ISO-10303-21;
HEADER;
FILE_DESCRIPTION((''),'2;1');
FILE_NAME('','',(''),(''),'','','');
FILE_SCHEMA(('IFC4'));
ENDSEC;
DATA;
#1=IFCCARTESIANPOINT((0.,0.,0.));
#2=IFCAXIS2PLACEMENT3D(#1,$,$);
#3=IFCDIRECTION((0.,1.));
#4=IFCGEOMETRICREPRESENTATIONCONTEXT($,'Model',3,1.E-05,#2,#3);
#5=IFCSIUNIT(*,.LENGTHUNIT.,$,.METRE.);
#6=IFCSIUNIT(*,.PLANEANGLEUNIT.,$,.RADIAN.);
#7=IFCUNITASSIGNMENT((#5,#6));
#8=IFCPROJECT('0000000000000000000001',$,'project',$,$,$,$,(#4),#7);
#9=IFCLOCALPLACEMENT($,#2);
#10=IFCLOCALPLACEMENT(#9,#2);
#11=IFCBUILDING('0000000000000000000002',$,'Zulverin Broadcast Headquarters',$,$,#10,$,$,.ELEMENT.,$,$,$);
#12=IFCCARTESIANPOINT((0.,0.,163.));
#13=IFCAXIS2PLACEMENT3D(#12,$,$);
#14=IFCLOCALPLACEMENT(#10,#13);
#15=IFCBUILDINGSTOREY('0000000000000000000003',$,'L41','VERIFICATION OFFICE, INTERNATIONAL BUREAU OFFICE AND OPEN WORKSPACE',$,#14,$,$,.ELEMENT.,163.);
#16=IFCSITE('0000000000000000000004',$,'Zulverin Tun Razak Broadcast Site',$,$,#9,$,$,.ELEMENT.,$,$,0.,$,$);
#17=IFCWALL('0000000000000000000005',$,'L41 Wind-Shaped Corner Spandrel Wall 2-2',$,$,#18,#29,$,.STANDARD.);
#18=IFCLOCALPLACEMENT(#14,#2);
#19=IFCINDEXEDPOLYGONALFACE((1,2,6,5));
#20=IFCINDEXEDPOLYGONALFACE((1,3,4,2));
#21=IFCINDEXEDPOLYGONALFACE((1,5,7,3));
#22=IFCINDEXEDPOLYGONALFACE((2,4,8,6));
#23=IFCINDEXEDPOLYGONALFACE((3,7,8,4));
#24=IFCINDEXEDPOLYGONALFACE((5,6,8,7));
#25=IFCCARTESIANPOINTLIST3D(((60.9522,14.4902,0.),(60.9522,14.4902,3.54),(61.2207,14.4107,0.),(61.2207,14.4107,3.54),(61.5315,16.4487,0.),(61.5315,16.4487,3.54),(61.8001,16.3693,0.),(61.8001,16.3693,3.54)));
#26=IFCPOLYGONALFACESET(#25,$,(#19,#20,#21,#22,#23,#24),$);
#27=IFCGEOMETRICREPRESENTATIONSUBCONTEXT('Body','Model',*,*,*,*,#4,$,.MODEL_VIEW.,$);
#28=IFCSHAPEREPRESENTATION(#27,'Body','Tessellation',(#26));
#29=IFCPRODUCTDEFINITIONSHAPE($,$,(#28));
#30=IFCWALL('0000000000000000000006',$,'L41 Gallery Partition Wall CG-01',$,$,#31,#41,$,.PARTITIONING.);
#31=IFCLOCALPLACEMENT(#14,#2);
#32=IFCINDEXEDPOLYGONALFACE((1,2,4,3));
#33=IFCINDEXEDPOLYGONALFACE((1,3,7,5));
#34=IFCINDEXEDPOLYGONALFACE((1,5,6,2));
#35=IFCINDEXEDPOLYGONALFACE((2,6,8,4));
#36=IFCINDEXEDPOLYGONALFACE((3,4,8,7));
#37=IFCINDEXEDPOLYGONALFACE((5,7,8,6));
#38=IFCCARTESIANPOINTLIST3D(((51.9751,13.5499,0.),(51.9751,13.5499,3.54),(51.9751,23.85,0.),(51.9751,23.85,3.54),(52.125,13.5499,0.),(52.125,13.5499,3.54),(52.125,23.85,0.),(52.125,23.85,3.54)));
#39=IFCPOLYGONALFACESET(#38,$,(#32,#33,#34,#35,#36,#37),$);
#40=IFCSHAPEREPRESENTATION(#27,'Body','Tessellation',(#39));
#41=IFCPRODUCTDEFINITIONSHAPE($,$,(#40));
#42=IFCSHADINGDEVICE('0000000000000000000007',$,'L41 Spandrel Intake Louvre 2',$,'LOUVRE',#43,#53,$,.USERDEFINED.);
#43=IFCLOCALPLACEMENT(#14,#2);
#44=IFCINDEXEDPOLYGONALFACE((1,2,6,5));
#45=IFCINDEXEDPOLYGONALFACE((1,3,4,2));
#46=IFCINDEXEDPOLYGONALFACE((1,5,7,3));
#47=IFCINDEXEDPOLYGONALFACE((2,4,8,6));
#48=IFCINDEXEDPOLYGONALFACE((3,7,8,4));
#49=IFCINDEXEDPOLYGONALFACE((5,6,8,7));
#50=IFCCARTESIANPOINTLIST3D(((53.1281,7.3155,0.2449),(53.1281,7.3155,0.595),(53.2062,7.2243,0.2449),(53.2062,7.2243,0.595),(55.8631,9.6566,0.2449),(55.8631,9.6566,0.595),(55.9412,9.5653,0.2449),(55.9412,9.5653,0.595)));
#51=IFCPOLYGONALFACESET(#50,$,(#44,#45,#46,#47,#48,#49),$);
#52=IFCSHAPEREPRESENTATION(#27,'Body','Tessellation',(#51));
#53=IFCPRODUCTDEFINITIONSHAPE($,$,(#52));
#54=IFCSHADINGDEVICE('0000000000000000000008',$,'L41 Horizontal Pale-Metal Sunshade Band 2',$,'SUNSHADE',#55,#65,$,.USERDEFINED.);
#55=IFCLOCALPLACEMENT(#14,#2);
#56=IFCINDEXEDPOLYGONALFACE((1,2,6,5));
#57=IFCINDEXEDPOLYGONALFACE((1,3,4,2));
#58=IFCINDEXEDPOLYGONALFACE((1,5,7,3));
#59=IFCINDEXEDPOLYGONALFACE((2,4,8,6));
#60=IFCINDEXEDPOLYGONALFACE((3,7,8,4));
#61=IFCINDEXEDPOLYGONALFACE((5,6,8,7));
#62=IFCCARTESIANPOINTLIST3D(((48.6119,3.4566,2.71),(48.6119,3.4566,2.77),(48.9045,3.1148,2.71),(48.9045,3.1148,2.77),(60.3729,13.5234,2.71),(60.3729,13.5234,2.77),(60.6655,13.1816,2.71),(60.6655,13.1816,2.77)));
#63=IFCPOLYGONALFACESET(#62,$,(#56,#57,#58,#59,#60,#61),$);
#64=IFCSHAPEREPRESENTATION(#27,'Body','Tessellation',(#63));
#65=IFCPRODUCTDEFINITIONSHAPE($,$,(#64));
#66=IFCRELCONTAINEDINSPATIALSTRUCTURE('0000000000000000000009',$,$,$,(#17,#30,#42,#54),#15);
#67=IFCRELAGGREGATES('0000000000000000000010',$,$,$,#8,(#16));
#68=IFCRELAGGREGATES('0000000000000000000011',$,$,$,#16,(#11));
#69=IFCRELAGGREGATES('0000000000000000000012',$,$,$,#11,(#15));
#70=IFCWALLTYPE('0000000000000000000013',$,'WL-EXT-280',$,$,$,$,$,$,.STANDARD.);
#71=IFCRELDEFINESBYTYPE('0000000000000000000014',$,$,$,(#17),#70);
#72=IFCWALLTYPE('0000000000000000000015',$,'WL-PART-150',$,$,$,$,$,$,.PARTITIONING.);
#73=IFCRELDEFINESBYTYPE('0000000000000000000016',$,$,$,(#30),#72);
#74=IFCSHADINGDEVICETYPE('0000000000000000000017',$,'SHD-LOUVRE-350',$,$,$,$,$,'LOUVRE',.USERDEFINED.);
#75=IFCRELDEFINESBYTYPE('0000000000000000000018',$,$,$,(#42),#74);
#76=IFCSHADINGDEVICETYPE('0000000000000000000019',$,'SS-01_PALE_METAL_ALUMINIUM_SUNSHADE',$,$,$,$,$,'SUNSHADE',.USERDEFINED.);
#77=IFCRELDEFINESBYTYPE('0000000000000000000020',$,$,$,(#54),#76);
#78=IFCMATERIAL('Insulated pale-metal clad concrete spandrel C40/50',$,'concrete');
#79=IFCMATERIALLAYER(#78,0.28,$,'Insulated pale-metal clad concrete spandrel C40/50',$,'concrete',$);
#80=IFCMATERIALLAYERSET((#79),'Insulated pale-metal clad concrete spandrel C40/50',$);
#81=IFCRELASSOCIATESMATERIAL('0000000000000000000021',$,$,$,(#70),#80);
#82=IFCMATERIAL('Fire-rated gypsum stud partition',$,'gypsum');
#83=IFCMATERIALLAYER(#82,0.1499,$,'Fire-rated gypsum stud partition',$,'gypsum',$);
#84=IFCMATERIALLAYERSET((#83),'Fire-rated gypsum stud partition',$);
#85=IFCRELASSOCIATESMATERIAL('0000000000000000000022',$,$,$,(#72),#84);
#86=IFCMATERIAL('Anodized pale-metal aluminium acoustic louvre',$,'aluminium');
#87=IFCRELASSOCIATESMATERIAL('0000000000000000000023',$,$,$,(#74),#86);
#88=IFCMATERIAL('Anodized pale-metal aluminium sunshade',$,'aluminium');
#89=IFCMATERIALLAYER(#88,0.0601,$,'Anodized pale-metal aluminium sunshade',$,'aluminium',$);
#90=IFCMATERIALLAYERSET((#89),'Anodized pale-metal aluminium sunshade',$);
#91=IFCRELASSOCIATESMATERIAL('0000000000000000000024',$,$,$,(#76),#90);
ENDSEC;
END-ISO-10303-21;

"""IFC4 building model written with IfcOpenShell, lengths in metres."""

from ifc_helpers import new_model, si_unit, direction, frame, frame_2d, origin, origin_2d, place, context, subcontext, project, spatial, rectangle, extrude, material, layer, layer_set, type_object, element, save


model = new_model("IFC4")

# Units and contexts
model_context = context("Model", 3, precision=1e-05, world=origin(), true_north=direction((0.0, 1.0)))
body_context = subcontext(model_context, "Body", "Model", "MODEL_VIEW")
ifc_project = project(units=[si_unit("LENGTHUNIT", "METRE"), si_unit("PLANEANGLEUNIT", "RADIAN")], contexts=[model_context])

# Site, building, storey
site_placement = place(None, origin())
site = spatial("IfcSite", under=ifc_project, at=site_placement, Name="Zulverin Tun Razak Broadcast Site", CompositionType="ELEMENT", RefElevation=0.0)
building_placement = place(site_placement, origin())
building = spatial("IfcBuilding", under=site, at=building_placement, Name="Zulverin Broadcast Headquarters", CompositionType="ELEMENT")
storey_placement = place(building_placement, frame((0.0, 0.0, 163.0)))
storey = spatial("IfcBuildingStorey", under=building, at=storey_placement, Name="L41", Description="VERIFICATION OFFICE, INTERNATIONAL BUREAU OFFICE AND OPEN WORKSPACE", CompositionType="ELEMENT", Elevation=163.0)

# Shared definitions
ifc_material_1 = material(Name="Insulated pale-metal clad concrete spandrel C40/50", Category="concrete")
ifc_layer_1 = layer(ifc_material_1, 0.28, Name="Insulated pale-metal clad concrete spandrel C40/50", Category="concrete")
ifc_layer_set_1 = layer_set([ifc_layer_1], Name="Insulated pale-metal clad concrete spandrel C40/50")
wall_type_1 = type_object("IfcWallType", Name="WL-EXT-280", PredefinedType="STANDARD", material=ifc_layer_set_1)

# Walls
wall_1_placement = place(storey_placement, frame((61.0864, 14.4504, 0.0), z_axis=(0.0, 0.0, 1.0), x_axis=(0.283661, 0.958925, 0.0)))
element("IfcWall", 1, at=wall_1_placement, inside=storey, type_object=wall_type_1, Name="L41 Wind-Shaped Corner Spandrel Wall 2-2", PredefinedType="STANDARD", context=body_context, shape_type="SweptSolid", body=[
    extrude(rectangle(XDim=2.0425, YDim=0.28, at=frame_2d((1.0212, 0.0))), origin(), (0.0, 0.0, 1.0), 3.54),
])
ifc_material_2 = material(Name="Fire-rated gypsum stud partition", Category="gypsum")
ifc_layer_2 = layer(ifc_material_2, 0.1499, Name="Fire-rated gypsum stud partition", Category="gypsum")
ifc_layer_set_2 = layer_set([ifc_layer_2], Name="Fire-rated gypsum stud partition")
wall_type_2 = type_object("IfcWallType", Name="WL-PART-150", PredefinedType="PARTITIONING", material=ifc_layer_set_2)
wall_2_placement = place(storey_placement, frame((52.05, 13.55, 0.0), z_axis=(0.0, 0.0, 1.0), x_axis=(0.0, 1.0, 0.0)))
element("IfcWall", 2, at=wall_2_placement, inside=storey, type_object=wall_type_2, Name="L41 Gallery Partition Wall CG-01", PredefinedType="PARTITIONING", context=body_context, shape_type="SweptSolid", body=[
    extrude(rectangle(XDim=10.3, YDim=0.1499, at=frame_2d((5.1499, 0.0))), origin(), (0.0, 0.0, 1.0), 3.54),
])

# Shading devices
ifc_material_3 = material(Name="Anodized pale-metal aluminium acoustic louvre", Category="aluminium")
shading_device_type_1 = type_object("IfcShadingDeviceType", Name="SHD-LOUVRE-350", ElementType="LOUVRE", PredefinedType="USERDEFINED", material=ifc_material_3)
shading_device_1_placement = place(storey_placement, frame((54.5347, 8.4404, 0.2449), z_axis=(0.0, 0.0, 1.0), x_axis=(0.759706, 0.650267, 0.0)))
element("IfcShadingDevice", 3, at=shading_device_1_placement, inside=storey, type_object=shading_device_type_1, Name="L41 Spandrel Intake Louvre 2", ObjectType="LOUVRE", PredefinedType="USERDEFINED", context=body_context, shape_type="SweptSolid", body=[
    extrude(rectangle(XDim=3.6001, YDim=0.1201, at=origin_2d()), origin(), (0.0, 0.0, 1.0), 0.3501),
])
ifc_material_4 = material(Name="Anodized pale-metal aluminium sunshade", Category="aluminium")
ifc_layer_3 = layer(ifc_material_4, 0.0601, Name="Anodized pale-metal aluminium sunshade", Category="aluminium")
ifc_layer_set_3 = layer_set([ifc_layer_3], Name="Anodized pale-metal aluminium sunshade")
shading_device_type_2 = type_object("IfcShadingDeviceType", Name="SS-01_PALE_METAL_ALUMINIUM_SUNSHADE", ElementType="SUNSHADE", PredefinedType="USERDEFINED", material=ifc_layer_set_3)
shading_device_2_placement = place(storey_placement, frame((54.6387, 8.3191, 2.71), z_axis=(0.0, 0.0, 1.0), x_axis=(0.759706, 0.650267, 0.0)))
element("IfcShadingDevice", 4, at=shading_device_2_placement, inside=storey, type_object=shading_device_type_2, Name="L41 Horizontal Pale-Metal Sunshade Band 2", ObjectType="SUNSHADE", PredefinedType="USERDEFINED", context=body_context, shape_type="SweptSolid", body=[
    extrude(rectangle(XDim=15.481, YDim=0.45, at=origin_2d()), origin(), (0.0, 0.0, 1.0), 0.0601),
])

save(model, "model.ifc")
